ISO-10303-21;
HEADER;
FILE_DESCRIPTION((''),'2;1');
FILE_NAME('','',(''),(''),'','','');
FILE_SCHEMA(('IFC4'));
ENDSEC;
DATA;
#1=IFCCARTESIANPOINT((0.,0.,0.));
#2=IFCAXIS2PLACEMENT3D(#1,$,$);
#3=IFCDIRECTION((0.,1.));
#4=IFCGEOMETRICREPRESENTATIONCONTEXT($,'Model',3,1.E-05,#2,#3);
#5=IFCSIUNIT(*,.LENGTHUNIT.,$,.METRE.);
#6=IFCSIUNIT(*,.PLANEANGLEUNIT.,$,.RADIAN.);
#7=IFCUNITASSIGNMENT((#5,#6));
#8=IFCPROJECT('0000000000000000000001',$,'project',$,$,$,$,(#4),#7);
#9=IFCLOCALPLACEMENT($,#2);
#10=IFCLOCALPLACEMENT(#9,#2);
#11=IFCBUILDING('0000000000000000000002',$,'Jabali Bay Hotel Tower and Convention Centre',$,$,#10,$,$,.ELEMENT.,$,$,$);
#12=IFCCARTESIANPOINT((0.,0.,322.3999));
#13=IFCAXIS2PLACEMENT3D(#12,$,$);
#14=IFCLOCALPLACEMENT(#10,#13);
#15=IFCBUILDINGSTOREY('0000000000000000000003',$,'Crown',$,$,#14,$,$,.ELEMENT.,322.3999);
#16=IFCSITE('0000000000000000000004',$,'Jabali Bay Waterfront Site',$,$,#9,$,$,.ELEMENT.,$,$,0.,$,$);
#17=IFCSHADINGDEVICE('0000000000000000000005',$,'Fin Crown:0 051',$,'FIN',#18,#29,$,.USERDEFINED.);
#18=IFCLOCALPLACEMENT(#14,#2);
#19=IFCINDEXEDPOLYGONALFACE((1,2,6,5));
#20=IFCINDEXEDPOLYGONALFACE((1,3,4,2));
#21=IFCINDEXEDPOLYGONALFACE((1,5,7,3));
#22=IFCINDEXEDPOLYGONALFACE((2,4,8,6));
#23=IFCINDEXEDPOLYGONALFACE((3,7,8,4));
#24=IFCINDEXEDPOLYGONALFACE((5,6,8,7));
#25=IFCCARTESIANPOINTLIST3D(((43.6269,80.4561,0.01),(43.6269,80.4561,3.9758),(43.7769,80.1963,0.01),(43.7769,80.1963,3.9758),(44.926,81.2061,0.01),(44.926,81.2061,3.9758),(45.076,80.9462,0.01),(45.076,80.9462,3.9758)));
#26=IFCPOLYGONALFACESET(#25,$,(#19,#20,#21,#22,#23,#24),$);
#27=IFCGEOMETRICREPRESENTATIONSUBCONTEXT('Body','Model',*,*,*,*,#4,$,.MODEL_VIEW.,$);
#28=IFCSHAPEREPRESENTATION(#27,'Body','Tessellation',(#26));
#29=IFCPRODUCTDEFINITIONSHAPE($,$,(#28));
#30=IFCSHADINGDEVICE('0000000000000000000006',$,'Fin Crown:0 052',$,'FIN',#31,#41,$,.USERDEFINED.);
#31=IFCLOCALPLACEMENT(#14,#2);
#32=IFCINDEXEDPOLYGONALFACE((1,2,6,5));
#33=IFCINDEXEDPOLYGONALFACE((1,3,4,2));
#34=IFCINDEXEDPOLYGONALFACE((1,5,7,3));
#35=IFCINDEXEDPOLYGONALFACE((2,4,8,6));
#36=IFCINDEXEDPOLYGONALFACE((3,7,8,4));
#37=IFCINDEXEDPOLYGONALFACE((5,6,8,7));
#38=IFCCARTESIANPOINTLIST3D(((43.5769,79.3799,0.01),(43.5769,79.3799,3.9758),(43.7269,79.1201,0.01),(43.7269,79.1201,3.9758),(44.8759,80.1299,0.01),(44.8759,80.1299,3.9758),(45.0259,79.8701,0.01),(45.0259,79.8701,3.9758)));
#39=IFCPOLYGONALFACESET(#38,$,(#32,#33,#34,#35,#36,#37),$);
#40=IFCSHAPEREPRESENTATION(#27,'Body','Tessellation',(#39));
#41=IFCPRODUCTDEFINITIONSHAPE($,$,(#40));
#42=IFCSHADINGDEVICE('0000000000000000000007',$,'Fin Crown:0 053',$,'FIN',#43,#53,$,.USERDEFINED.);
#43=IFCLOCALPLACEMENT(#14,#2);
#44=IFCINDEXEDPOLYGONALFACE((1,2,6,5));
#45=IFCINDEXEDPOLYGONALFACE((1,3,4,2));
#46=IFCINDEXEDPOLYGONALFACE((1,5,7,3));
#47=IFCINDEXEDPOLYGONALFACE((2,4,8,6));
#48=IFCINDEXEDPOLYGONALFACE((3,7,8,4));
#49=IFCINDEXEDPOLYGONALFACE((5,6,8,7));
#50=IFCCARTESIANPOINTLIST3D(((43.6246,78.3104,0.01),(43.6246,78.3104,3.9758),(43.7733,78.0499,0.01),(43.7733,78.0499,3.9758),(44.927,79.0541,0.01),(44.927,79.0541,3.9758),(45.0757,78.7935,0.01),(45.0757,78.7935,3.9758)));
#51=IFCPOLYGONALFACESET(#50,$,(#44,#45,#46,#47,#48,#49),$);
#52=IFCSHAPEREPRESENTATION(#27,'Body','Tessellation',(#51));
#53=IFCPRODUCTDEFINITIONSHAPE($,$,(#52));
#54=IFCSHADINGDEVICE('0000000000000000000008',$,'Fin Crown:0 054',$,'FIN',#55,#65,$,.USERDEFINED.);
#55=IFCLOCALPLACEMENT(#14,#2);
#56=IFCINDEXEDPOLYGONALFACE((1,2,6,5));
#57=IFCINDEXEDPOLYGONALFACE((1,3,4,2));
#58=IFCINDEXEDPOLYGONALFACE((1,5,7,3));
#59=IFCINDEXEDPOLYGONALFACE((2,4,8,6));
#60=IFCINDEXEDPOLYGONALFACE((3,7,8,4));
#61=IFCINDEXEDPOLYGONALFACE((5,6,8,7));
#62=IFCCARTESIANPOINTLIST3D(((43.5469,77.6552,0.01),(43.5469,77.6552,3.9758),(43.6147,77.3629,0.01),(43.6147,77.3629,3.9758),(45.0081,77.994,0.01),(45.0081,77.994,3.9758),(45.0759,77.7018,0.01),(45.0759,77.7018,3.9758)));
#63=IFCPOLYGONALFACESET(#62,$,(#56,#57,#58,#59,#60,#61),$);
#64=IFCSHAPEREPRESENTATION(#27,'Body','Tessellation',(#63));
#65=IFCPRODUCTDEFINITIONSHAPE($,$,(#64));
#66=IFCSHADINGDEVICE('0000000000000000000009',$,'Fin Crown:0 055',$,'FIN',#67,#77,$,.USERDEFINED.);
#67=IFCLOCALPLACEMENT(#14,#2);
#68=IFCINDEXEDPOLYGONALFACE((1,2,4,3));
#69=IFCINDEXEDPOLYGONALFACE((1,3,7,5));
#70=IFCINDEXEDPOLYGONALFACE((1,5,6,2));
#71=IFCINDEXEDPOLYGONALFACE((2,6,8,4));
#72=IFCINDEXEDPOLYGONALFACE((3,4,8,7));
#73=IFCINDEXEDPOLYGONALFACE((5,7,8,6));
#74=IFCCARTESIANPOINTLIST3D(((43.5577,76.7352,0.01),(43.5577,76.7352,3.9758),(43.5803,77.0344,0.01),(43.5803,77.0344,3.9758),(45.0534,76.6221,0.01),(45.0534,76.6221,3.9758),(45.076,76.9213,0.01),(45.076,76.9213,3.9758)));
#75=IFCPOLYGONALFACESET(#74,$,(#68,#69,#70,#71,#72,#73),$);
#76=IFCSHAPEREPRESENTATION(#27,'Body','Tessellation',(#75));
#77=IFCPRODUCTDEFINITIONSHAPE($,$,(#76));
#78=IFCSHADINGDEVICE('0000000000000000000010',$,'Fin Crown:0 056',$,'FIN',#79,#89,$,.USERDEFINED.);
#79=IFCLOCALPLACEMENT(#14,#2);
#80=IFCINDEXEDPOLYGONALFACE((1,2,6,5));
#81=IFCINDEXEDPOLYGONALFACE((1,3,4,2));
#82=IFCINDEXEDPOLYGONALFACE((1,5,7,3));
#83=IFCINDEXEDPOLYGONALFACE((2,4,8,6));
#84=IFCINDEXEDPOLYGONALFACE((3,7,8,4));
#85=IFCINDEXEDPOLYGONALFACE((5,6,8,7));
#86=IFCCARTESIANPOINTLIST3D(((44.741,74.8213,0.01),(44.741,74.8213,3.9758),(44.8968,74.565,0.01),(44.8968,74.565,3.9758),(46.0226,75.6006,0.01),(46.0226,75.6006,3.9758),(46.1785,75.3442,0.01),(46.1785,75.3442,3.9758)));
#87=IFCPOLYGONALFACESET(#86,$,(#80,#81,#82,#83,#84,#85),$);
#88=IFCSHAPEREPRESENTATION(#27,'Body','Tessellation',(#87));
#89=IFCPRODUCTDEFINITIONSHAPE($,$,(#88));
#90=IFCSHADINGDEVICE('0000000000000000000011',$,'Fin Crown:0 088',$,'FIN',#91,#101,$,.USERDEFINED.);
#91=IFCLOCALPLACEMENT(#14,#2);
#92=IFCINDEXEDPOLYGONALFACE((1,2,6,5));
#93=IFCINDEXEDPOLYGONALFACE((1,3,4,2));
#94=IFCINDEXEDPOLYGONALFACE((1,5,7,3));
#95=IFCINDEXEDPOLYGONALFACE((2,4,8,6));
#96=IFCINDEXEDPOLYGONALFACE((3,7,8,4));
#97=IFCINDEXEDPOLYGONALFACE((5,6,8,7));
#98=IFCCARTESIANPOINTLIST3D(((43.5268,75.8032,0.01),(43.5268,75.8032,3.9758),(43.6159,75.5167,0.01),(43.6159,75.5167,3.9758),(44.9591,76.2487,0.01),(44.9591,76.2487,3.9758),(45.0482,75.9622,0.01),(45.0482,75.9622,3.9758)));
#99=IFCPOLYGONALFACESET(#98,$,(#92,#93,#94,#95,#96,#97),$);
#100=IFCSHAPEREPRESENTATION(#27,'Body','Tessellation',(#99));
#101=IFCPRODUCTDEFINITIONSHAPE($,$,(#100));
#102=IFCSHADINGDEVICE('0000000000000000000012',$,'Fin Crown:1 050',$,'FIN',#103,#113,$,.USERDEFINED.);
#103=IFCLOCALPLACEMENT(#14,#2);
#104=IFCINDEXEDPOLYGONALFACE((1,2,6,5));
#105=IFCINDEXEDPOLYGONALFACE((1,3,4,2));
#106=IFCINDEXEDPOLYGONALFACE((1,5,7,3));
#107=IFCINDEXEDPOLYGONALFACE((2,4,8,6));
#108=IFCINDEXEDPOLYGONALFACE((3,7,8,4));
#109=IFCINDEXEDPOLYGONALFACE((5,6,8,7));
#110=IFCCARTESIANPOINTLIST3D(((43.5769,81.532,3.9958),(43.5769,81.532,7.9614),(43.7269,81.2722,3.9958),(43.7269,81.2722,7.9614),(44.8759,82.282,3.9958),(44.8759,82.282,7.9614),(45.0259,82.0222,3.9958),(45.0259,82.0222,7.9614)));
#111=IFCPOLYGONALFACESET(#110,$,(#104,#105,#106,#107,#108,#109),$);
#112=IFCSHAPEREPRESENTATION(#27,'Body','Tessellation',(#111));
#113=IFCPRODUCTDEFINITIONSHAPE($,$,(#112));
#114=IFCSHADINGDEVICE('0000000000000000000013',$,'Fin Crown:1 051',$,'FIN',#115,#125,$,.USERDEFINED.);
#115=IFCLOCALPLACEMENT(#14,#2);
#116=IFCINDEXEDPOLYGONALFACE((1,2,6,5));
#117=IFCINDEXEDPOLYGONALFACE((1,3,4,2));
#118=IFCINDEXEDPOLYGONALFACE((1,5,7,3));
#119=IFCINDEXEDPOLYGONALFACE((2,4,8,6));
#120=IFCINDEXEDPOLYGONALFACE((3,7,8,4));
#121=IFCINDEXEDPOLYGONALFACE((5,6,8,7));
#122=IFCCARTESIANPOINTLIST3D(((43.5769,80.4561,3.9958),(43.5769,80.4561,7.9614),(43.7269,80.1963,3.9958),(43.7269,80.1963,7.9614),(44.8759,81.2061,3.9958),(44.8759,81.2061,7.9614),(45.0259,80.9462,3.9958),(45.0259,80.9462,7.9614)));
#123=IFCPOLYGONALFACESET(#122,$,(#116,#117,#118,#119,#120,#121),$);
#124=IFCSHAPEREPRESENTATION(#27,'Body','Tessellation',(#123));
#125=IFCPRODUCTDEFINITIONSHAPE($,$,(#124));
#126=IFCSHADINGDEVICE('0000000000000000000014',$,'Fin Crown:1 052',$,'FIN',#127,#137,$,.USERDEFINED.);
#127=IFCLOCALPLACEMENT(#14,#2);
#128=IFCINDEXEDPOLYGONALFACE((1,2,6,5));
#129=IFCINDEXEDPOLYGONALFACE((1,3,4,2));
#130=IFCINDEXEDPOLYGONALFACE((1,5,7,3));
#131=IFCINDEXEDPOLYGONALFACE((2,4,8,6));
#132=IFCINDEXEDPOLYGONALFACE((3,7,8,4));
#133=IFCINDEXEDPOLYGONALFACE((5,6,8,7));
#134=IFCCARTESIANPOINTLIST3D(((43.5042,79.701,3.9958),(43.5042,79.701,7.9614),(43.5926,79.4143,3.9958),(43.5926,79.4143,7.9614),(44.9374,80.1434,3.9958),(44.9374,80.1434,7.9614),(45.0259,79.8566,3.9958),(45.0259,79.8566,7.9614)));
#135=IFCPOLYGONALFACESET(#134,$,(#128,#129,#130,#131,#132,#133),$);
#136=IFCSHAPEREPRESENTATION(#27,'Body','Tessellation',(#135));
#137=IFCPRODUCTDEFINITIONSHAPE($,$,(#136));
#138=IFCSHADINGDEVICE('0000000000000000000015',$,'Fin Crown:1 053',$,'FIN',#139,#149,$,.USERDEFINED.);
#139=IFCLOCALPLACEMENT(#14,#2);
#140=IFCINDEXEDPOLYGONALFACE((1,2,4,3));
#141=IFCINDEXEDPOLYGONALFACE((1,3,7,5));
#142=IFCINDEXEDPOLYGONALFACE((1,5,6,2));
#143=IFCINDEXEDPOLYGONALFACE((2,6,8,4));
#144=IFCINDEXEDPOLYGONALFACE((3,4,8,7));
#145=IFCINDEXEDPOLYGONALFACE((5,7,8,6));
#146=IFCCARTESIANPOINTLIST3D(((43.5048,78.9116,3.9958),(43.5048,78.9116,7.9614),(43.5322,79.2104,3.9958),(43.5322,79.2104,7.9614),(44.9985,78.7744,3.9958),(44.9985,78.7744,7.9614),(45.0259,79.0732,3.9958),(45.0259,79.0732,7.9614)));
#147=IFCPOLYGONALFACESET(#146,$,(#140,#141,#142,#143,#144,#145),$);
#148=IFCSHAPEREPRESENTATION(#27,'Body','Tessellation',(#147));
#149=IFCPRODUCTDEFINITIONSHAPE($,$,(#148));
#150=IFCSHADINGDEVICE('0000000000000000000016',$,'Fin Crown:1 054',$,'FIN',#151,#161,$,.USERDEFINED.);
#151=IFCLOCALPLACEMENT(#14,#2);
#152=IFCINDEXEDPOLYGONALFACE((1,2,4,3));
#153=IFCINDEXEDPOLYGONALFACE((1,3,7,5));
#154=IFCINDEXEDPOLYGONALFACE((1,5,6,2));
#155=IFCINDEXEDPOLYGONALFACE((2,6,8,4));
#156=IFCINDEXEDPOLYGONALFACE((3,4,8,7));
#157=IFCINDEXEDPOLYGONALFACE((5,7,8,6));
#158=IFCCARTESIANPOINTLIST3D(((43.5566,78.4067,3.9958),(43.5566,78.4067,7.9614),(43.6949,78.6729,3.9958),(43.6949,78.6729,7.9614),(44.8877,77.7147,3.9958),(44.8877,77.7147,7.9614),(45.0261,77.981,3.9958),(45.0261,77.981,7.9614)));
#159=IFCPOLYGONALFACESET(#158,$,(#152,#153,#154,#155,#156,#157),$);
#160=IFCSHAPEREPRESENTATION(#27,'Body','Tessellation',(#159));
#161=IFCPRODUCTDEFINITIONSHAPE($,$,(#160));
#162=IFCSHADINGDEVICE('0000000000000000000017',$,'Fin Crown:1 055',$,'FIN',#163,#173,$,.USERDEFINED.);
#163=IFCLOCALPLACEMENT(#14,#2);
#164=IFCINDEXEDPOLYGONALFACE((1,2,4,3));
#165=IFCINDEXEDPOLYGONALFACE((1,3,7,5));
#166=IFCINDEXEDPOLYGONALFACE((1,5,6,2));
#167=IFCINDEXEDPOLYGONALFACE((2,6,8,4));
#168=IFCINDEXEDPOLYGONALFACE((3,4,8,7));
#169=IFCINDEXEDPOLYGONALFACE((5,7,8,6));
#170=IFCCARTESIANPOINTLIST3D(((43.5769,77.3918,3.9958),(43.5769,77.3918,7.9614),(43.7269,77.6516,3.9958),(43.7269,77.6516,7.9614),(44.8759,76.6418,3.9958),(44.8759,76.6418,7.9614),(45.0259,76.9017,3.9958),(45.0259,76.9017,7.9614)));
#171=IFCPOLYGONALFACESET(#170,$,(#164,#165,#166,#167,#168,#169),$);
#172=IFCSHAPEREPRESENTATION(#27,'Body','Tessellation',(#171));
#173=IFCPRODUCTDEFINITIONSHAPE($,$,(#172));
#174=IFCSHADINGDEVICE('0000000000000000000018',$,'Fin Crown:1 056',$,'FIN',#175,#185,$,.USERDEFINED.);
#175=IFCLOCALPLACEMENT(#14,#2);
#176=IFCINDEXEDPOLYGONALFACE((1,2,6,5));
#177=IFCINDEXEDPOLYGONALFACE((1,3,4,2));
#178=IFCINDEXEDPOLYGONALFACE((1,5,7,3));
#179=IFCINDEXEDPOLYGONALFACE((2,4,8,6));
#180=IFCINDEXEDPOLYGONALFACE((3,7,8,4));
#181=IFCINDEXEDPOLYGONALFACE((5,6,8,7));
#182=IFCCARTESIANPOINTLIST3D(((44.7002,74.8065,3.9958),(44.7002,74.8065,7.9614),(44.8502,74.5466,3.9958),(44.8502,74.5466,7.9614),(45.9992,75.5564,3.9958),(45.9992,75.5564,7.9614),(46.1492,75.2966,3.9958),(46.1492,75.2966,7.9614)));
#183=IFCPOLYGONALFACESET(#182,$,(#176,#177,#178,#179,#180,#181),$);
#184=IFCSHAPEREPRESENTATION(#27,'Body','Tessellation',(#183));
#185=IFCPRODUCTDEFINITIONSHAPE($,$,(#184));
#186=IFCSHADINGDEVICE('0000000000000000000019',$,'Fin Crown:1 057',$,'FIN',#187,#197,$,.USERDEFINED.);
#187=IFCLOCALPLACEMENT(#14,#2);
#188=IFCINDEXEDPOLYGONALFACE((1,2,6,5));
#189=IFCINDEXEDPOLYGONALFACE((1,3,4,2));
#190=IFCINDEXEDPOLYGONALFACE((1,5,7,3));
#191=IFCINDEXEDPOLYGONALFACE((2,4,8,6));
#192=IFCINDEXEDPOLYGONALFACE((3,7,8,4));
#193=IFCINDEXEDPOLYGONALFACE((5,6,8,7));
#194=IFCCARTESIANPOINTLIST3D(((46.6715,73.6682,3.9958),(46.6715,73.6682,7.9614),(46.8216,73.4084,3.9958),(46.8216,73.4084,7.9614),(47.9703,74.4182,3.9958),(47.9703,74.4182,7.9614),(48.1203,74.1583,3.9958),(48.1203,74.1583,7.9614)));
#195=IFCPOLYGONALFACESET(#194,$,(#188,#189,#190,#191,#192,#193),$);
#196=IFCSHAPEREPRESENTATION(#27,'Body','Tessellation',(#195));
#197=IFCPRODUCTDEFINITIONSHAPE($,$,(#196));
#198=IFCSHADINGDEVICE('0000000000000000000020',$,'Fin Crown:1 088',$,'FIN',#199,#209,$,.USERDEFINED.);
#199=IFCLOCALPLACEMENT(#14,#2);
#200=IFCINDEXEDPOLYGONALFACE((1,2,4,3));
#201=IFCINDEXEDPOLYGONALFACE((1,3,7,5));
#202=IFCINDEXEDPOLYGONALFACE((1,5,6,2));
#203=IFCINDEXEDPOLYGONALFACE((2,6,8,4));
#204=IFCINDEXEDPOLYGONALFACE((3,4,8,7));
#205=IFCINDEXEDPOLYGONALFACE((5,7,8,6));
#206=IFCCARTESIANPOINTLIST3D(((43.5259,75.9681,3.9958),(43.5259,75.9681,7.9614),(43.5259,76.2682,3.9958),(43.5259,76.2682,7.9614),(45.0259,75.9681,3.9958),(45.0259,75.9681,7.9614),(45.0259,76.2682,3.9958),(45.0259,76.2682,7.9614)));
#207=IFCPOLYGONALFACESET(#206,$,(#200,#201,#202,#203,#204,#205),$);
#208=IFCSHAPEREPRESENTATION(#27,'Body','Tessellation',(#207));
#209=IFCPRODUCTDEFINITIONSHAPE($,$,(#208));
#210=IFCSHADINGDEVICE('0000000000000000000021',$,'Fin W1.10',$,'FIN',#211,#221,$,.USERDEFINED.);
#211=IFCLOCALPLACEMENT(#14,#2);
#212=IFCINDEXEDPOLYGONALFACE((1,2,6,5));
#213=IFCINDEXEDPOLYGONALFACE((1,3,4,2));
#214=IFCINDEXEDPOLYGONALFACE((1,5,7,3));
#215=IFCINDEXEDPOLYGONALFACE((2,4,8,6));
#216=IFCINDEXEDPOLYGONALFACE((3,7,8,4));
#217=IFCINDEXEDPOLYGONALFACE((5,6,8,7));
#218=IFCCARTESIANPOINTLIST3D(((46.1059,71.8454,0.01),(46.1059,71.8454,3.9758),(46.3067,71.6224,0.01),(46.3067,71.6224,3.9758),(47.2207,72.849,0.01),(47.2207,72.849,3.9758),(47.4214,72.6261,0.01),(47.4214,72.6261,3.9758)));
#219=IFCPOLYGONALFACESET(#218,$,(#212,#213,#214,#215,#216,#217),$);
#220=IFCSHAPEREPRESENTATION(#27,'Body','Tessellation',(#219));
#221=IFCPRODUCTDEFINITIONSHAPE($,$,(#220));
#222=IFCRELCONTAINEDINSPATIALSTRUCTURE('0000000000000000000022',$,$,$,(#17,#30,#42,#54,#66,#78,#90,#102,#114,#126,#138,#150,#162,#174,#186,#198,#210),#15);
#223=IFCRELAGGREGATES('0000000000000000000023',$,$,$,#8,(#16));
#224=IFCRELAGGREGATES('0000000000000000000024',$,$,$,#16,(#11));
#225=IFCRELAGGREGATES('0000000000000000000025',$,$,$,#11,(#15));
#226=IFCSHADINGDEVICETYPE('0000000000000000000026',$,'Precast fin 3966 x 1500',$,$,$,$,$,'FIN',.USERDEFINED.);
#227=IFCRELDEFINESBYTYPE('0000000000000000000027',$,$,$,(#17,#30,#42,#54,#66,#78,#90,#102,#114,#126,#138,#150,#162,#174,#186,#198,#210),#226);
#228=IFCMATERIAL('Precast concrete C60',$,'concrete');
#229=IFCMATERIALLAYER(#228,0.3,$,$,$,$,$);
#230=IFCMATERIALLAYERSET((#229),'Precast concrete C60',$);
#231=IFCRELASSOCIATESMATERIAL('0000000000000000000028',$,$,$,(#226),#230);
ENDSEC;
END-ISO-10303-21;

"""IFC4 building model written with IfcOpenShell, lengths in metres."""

from ifc_helpers import new_model, si_unit, direction, frame, frame_2d, origin, place, context, subcontext, project, spatial, rectangle, extrude, material, layer, layer_set, type_object, element, save


model = new_model("IFC4")

# Units and contexts
model_context = context("Model", 3, precision=1e-05, world=origin(), true_north=direction((0.0, 1.0)))
body_context = subcontext(model_context, "Body", "Model", "MODEL_VIEW")
ifc_project = project(units=[si_unit("LENGTHUNIT", "METRE"), si_unit("PLANEANGLEUNIT", "RADIAN")], contexts=[model_context])

# Site, building, storey
site_placement = place(None, origin())
site = spatial("IfcSite", under=ifc_project, at=site_placement, Name="Jabali Bay Waterfront Site", CompositionType="ELEMENT", RefElevation=0.0)
building_placement = place(site_placement, origin())
building = spatial("IfcBuilding", under=site, at=building_placement, Name="Jabali Bay Hotel Tower and Convention Centre", CompositionType="ELEMENT")
storey_placement = place(building_placement, frame((0.0, 0.0, 322.3999)))
storey = spatial("IfcBuildingStorey", under=building, at=storey_placement, Name="Crown", CompositionType="ELEMENT", Elevation=322.3999)

# Shading devices
ifc_material_1 = material(Name="Precast concrete C60", Category="concrete")
ifc_layer = layer(ifc_material_1, 0.3)
ifc_layer_set = layer_set([ifc_layer], Name="Precast concrete C60")
shading_device_type = type_object("IfcShadingDeviceType", Name="Precast fin 3966 x 1500", ElementType="FIN", PredefinedType="USERDEFINED", material=ifc_layer_set)
for number, where, z_axis, x_axis, name in (
    (1, (45.001, 81.0762, 0.01), (0.0, 0.0, 1.0), (-0.866031, -0.49999, 0.0), "Fin Crown:0 051"),
    (2, (44.9509, 80.0, 0.01), (0.0, 0.0, 1.0), (-0.866031, -0.49999, 0.0), "Fin Crown:0 052"),
):
    element("IfcShadingDevice", number, at=place(storey_placement, frame(where, z_axis=z_axis, x_axis=x_axis)), inside=storey, type_object=shading_device_type, Name=name, ObjectType="FIN", PredefinedType="USERDEFINED", context=body_context, shape_type="SweptSolid", body=[
        extrude(rectangle(XDim=1.5, YDim=0.3, at=frame_2d((0.75, 0.0))), origin(), (0.0, 0.0, 1.0), 3.9658),
    ])
shading_device_1_placement = place(storey_placement, frame((45.0015, 78.9238, 0.01), z_axis=(0.0, 0.0, 1.0), x_axis=(-0.868423, -0.495823, 0.0)))
element("IfcShadingDevice", 3, at=shading_device_1_placement, inside=storey, type_object=shading_device_type, Name="Fin Crown:0 053", ObjectType="FIN", PredefinedType="USERDEFINED", context=body_context, shape_type="SweptSolid", body=[
    extrude(rectangle(XDim=1.4998, YDim=0.3, at=frame_2d((0.75, 0.0))), origin(), (0.0, 0.0, 1.0), 3.9658),
])
for number, where, z_axis, x_axis, name in (
    (4, (45.042, 77.8479, 0.01), (0.0, 0.0, 1.0), (-0.974146, -0.225917, 0.0), "Fin Crown:0 054"),
    (5, (45.0647, 76.7717, 0.01), (0.0, 0.0, 1.0), (-0.997157, 0.075352, 0.0), "Fin Crown:0 055"),
    (6, (46.1006, 75.4724, 0.01), (0.0, 0.0, 1.0), (-0.854462, -0.519513, 0.0), "Fin Crown:0 056"),
    (7, (45.0037, 76.1055, 0.01), (0.0, 0.0, 1.0), (-0.95487, -0.297024, 0.0), "Fin Crown:0 088"),
):
    element("IfcShadingDevice", number, at=place(storey_placement, frame(where, z_axis=z_axis, x_axis=x_axis)), inside=storey, type_object=shading_device_type, Name=name, ObjectType="FIN", PredefinedType="USERDEFINED", context=body_context, shape_type="SweptSolid", body=[
        extrude(rectangle(XDim=1.5, YDim=0.3, at=frame_2d((0.75, 0.0))), origin(), (0.0, 0.0, 1.0), 3.9658),
    ])
for number, where, z_axis, x_axis, name in (
    (8, (44.9509, 82.1521, 3.9958), (0.0, 0.0, 1.0), (-0.866031, -0.49999, 0.0), "Fin Crown:1 050"),
    (9, (44.9509, 81.0762, 3.9958), (0.0, 0.0, 1.0), (-0.866031, -0.49999, 0.0), "Fin Crown:1 051"),
    (10, (44.9817, 80.0, 3.9958), (0.0, 0.0, 1.0), (-0.955525, -0.294909, 0.0), "Fin Crown:1 052"),
    (11, (45.0122, 78.9238, 3.9958), (0.0, 0.0, 1.0), (-0.995807, 0.091475, 0.0), "Fin Crown:1 053"),
):
    element("IfcShadingDevice", number, at=place(storey_placement, frame(where, z_axis=z_axis, x_axis=x_axis)), inside=storey, type_object=shading_device_type, Name=name, ObjectType="FIN", PredefinedType="USERDEFINED", context=body_context, shape_type="SweptSolid", body=[
        extrude(rectangle(XDim=1.5, YDim=0.3, at=frame_2d((0.75, 0.0))), origin(), (0.0, 0.0, 1.0), 3.9656),
    ])
shading_device_2_placement = place(storey_placement, frame((44.9568, 77.8479, 3.9958), z_axis=(0.0, 0.0, 1.0), x_axis=(-0.887286, 0.46122, 0.0)))
element("IfcShadingDevice", 12, at=shading_device_2_placement, inside=storey, type_object=shading_device_type, Name="Fin Crown:1 054", ObjectType="FIN", PredefinedType="USERDEFINED", context=body_context, shape_type="SweptSolid", body=[
    extrude(rectangle(XDim=1.5002, YDim=0.3, at=frame_2d((0.75, 0.0))), origin(), (0.0, 0.0, 1.0), 3.9656),
])
for number, where, z_axis, x_axis, name in (
    (13, (44.9509, 76.7717, 3.9958), (0.0, 0.0, 1.0), (-0.866031, 0.49999, 0.0), "Fin Crown:1 055"),
    (14, (46.0742, 75.4265, 3.9958), (0.0, 0.0, 1.0), (-0.866031, -0.49999, 0.0), "Fin Crown:1 056"),
):
    element("IfcShadingDevice", number, at=place(storey_placement, frame(where, z_axis=z_axis, x_axis=x_axis)), inside=storey, type_object=shading_device_type, Name=name, ObjectType="FIN", PredefinedType="USERDEFINED", context=body_context, shape_type="SweptSolid", body=[
        extrude(rectangle(XDim=1.5, YDim=0.3, at=frame_2d((0.75, 0.0))), origin(), (0.0, 0.0, 1.0), 3.9656),
    ])
shading_device_3_placement = place(storey_placement, frame((48.0454, 74.2883, 3.9958), z_axis=(0.0, 0.0, 1.0), x_axis=(-0.86599, -0.500061, 0.0)))
element("IfcShadingDevice", 15, at=shading_device_3_placement, inside=storey, type_object=shading_device_type, Name="Fin Crown:1 057", ObjectType="FIN", PredefinedType="USERDEFINED", context=body_context, shape_type="SweptSolid", body=[
    extrude(rectangle(XDim=1.4998, YDim=0.3, at=frame_2d((0.75, 0.0))), origin(), (0.0, 0.0, 1.0), 3.9656),
])
shading_device_4_placement = place(storey_placement, frame((45.0259, 76.1182, 3.9958), z_axis=(0.0, 0.0, 1.0), x_axis=(-1.0, 0.0, 0.0)))
element("IfcShadingDevice", 16, at=shading_device_4_placement, inside=storey, type_object=shading_device_type, Name="Fin Crown:1 088", ObjectType="FIN", PredefinedType="USERDEFINED", context=body_context, shape_type="SweptSolid", body=[
    extrude(rectangle(XDim=1.5, YDim=0.3, at=frame_2d((0.75, 0.0))), origin(), (0.0, 0.0, 1.0), 3.9656),
])
shading_device_5_placement = place(storey_placement, frame((47.321, 72.7375, 0.01), z_axis=(0.0, 0.0, 1.0), x_axis=(-0.743165, -0.669109, 0.0)))
element("IfcShadingDevice", 17, at=shading_device_5_placement, inside=storey, type_object=shading_device_type, Name="Fin W1.10", ObjectType="FIN", PredefinedType="USERDEFINED", context=body_context, shape_type="SweptSolid", body=[
    extrude(rectangle(XDim=1.5, YDim=0.3, at=frame_2d((0.75, 0.0))), origin(), (0.0, 0.0, 1.0), 3.9658),
])

save(model, "model.ifc")
